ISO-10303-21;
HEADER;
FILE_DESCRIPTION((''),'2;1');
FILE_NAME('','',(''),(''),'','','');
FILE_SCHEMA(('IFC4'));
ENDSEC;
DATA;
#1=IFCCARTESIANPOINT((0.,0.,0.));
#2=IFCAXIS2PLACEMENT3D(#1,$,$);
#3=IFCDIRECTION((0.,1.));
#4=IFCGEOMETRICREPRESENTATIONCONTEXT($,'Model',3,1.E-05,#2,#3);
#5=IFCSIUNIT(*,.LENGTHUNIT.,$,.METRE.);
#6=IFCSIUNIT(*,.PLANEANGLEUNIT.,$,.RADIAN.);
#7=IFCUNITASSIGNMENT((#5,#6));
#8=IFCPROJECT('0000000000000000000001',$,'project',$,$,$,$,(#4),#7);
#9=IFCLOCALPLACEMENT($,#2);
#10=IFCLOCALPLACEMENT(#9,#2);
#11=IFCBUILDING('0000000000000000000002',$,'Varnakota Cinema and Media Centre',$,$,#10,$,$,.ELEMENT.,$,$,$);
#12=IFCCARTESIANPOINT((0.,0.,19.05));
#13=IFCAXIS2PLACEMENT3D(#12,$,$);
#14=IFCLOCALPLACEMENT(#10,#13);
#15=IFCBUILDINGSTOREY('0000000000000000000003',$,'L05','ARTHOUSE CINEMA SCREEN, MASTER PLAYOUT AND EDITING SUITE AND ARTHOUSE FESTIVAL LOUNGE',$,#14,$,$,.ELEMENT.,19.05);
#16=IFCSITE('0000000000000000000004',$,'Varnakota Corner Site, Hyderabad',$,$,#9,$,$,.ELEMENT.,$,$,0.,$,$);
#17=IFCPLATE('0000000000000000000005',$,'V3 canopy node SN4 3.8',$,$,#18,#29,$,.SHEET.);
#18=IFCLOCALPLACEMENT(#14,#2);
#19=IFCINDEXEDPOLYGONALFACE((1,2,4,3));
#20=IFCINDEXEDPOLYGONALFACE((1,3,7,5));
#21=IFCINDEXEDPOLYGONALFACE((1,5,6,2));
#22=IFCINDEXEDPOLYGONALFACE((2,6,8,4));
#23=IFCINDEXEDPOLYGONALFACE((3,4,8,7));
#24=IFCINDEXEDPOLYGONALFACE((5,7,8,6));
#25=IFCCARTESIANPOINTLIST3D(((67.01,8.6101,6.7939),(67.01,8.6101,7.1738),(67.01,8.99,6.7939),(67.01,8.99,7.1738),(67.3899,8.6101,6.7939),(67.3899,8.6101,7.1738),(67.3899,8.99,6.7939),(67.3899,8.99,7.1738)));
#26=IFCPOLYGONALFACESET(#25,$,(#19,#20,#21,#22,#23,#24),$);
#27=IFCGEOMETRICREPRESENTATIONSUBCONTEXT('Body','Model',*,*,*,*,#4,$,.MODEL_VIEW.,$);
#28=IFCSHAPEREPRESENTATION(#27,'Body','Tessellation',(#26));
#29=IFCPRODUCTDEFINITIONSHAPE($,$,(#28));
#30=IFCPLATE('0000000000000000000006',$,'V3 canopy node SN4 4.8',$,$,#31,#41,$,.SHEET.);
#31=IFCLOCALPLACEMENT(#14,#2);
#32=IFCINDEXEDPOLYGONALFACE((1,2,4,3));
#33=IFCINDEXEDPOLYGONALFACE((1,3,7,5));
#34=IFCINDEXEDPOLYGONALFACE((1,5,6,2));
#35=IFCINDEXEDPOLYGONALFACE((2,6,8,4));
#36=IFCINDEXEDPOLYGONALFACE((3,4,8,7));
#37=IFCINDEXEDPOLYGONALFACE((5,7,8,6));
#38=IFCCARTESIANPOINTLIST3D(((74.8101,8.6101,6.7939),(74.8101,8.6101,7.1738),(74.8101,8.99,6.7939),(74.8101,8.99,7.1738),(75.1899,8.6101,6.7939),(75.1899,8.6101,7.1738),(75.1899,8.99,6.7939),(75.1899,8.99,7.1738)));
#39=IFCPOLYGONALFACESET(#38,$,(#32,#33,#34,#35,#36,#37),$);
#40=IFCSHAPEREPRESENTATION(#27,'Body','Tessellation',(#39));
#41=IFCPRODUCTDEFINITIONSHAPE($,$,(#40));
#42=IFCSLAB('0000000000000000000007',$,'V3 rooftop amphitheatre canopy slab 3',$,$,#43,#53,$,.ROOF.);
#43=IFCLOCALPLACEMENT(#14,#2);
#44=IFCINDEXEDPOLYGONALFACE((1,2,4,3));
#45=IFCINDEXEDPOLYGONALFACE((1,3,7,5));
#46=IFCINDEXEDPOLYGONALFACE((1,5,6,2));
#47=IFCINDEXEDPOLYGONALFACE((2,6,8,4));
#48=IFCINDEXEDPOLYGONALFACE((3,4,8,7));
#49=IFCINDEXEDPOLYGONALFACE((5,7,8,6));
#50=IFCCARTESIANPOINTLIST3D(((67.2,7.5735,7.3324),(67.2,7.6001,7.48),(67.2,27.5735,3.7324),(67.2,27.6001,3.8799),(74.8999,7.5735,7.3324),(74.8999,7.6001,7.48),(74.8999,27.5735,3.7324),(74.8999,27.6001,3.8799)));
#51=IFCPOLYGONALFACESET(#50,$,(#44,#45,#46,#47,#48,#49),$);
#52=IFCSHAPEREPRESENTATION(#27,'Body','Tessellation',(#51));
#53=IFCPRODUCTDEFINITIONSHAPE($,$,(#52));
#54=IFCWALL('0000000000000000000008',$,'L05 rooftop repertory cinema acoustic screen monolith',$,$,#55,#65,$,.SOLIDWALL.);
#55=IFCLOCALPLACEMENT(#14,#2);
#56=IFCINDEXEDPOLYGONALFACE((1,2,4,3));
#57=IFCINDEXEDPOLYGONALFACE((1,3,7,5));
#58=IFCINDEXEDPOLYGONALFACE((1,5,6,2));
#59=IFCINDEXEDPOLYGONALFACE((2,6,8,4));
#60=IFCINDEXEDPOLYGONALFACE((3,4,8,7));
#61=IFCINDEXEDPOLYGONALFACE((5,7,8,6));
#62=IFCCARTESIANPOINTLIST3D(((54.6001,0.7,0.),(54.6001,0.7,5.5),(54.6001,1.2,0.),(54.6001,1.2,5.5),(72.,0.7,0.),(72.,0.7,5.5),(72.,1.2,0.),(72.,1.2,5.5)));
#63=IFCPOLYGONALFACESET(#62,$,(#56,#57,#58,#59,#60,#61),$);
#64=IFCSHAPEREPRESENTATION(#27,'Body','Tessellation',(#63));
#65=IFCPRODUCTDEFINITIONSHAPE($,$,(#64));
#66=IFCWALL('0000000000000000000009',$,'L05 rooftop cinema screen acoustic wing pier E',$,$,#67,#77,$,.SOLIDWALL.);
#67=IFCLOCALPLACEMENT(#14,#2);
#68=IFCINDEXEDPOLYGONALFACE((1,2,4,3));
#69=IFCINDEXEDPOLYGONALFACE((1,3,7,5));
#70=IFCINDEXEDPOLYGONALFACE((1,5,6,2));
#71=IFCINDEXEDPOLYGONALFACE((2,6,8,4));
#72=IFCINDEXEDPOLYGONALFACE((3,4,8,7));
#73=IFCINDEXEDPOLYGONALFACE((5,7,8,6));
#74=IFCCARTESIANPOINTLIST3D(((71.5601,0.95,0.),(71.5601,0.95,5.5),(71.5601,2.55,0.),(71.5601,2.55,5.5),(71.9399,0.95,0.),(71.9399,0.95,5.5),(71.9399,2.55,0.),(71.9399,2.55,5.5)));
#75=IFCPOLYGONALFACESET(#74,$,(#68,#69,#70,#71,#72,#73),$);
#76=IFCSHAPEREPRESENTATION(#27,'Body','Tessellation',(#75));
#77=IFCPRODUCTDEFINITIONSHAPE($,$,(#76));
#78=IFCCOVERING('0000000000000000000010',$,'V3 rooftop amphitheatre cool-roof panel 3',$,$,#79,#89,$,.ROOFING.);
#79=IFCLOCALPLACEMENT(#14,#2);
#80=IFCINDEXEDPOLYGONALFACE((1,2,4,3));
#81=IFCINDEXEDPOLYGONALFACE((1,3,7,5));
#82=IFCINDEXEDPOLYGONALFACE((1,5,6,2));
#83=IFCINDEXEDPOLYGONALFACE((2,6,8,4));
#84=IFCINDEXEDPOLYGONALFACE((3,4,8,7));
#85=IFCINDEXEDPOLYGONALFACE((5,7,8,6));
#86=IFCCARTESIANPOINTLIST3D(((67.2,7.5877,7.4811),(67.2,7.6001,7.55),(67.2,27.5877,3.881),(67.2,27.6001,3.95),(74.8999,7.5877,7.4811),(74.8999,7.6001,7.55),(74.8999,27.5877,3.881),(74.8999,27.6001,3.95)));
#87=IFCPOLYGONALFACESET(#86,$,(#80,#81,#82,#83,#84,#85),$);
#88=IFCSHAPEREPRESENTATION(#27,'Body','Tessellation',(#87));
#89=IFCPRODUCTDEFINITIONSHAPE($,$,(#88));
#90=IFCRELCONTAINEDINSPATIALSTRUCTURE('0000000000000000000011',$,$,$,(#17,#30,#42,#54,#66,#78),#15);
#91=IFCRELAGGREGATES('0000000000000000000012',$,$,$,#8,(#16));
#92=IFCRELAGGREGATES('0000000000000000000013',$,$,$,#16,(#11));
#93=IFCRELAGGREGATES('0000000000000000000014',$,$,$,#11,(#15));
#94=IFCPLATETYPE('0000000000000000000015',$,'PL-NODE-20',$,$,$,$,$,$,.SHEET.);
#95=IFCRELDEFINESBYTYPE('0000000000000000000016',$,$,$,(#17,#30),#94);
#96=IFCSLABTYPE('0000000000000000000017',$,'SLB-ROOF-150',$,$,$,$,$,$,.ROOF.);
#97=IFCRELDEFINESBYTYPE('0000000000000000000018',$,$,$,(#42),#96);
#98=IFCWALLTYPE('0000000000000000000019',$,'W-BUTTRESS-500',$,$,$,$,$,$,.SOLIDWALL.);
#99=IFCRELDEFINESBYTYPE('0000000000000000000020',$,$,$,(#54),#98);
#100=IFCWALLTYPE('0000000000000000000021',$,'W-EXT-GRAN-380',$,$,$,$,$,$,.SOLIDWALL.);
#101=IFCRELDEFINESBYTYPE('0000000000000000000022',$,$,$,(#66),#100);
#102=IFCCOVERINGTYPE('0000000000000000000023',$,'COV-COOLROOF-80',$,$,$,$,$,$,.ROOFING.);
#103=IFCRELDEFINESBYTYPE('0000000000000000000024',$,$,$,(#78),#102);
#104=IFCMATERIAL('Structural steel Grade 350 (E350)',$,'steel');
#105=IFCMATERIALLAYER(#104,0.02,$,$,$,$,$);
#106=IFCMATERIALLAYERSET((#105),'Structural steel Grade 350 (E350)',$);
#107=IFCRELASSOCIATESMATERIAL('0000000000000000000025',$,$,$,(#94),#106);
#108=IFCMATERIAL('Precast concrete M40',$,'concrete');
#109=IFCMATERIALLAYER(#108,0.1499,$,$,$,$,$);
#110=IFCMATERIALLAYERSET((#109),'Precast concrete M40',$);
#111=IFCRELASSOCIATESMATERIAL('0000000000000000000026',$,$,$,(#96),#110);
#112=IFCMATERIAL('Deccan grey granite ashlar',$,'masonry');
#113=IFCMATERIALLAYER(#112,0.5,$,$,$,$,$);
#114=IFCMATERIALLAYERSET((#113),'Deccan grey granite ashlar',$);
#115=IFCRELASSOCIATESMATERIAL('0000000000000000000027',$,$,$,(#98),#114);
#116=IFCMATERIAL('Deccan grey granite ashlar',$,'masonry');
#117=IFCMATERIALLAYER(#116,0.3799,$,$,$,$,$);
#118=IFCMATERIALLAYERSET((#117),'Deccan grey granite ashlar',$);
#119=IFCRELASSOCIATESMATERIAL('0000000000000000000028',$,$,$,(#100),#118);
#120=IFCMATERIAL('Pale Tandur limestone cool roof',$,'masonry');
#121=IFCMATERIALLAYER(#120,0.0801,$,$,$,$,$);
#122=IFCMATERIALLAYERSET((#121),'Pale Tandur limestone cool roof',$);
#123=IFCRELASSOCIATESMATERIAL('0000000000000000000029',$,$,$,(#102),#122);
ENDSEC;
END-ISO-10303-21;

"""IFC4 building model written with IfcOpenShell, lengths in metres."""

from ifc_helpers import new_model, si_unit, direction, frame, frame_2d, origin, origin_2d, place, context, subcontext, project, spatial, polyline, rectangle, outline, extrude, material, layer, layer_set, type_object, element, save


model = new_model("IFC4")

# Units and contexts
model_context = context("Model", 3, precision=1e-05, world=origin(), true_north=direction((0.0, 1.0)))
body_context = subcontext(model_context, "Body", "Model", "MODEL_VIEW")
ifc_project = project(units=[si_unit("LENGTHUNIT", "METRE"), si_unit("PLANEANGLEUNIT", "RADIAN")], contexts=[model_context])

# Site, building, storey
site_placement = place(None, origin())
site = spatial("IfcSite", under=ifc_project, at=site_placement, Name="Varnakota Corner Site, Hyderabad", CompositionType="ELEMENT", RefElevation=0.0)
building_placement = place(site_placement, origin())
building = spatial("IfcBuilding", under=site, at=building_placement, Name="Varnakota Cinema and Media Centre", CompositionType="ELEMENT")
storey_placement = place(building_placement, frame((0.0, 0.0, 19.05)))
storey = spatial("IfcBuildingStorey", under=building, at=storey_placement, Name="L05", Description="ARTHOUSE CINEMA SCREEN, MASTER PLAYOUT AND EDITING SUITE AND ARTHOUSE FESTIVAL LOUNGE", CompositionType="ELEMENT", Elevation=19.05)

# Plates
ifc_material_1 = material(Name="Structural steel Grade 350 (E350)", Category="steel")
ifc_layer_1 = layer(ifc_material_1, 0.02)
ifc_layer_set_1 = layer_set([ifc_layer_1], Name="Structural steel Grade 350 (E350)")
plate_type = type_object("IfcPlateType", Name="PL-NODE-20", PredefinedType="SHEET", material=ifc_layer_set_1)
for number, where, z_axis, x_axis, name in (
    (1, (67.2, 8.8, 6.7939), (0.0, 0.0, 1.0), (1.0, 0.0, 0.0), "V3 canopy node SN4 3.8"),
    (2, (75.0, 8.8, 6.7939), (0.0, 0.0, 1.0), (1.0, 0.0, 0.0), "V3 canopy node SN4 4.8"),
):
    element("IfcPlate", number, at=place(storey_placement, frame(where, z_axis=z_axis, x_axis=x_axis)), inside=storey, type_object=plate_type, Name=name, PredefinedType="SHEET", context=body_context, shape_type="SweptSolid", body=[
        extrude(rectangle(XDim=0.3799, YDim=0.3799, at=origin_2d()), origin(), (0.0, 0.0, 1.0), 0.3799),
    ])

# Slab
ifc_material_2 = material(Name="Precast concrete M40", Category="concrete")
ifc_layer_2 = layer(ifc_material_2, 0.1499)
ifc_layer_set_2 = layer_set([ifc_layer_2], Name="Precast concrete M40")
slab_type = type_object("IfcSlabType", Name="SLB-ROOF-150", PredefinedType="ROOF", material=ifc_layer_set_2)
slab_placement = place(storey_placement, frame((67.2, 7.6001, 7.48), z_axis=(0.0, 0.177158, 0.984182), x_axis=(1.0, 0.0, 0.0)))
element("IfcSlab", 3, at=slab_placement, inside=storey, type_object=slab_type, Name="V3 rooftop amphitheatre canopy slab 3", PredefinedType="ROOF", context=body_context, shape_type="SweptSolid", body=[
    extrude(outline(polyline([(0.0, 0.0), (7.7, 0.0), (7.7, 20.3214), (0.0, 20.3214), (0.0, 0.0)])), origin(), (0.0, 0.0, -1.0), 0.1499),
])

# Walls
ifc_material_3 = material(Name="Deccan grey granite ashlar", Category="masonry")
ifc_layer_3 = layer(ifc_material_3, 0.5)
ifc_layer_set_3 = layer_set([ifc_layer_3], Name="Deccan grey granite ashlar")
wall_type_1 = type_object("IfcWallType", Name="W-BUTTRESS-500", PredefinedType="SOLIDWALL", material=ifc_layer_set_3)
wall_1_placement = place(storey_placement, frame((72.0, 0.95, 0.0), z_axis=(0.0, 0.0, 1.0), x_axis=(-1.0, 0.0, 0.0)))
element("IfcWall", 4, at=wall_1_placement, inside=storey, type_object=wall_type_1, Name="L05 rooftop repertory cinema acoustic screen monolith", PredefinedType="SOLIDWALL", context=body_context, shape_type="SweptSolid", body=[
    extrude(rectangle(XDim=17.3999, YDim=0.5, at=frame_2d((8.7, 0.0))), origin(), (0.0, 0.0, 1.0), 5.5),
])
ifc_material_4 = material(Name="Deccan grey granite ashlar", Category="masonry")
ifc_layer_4 = layer(ifc_material_4, 0.3799)
ifc_layer_set_4 = layer_set([ifc_layer_4], Name="Deccan grey granite ashlar")
wall_type_2 = type_object("IfcWallType", Name="W-EXT-GRAN-380", PredefinedType="SOLIDWALL", material=ifc_layer_set_4)
wall_2_placement = place(storey_placement, frame((71.75, 0.95, 0.0), z_axis=(0.0, 0.0, 1.0), x_axis=(0.0, 1.0, 0.0)))
element("IfcWall", 5, at=wall_2_placement, inside=storey, type_object=wall_type_2, Name="L05 rooftop cinema screen acoustic wing pier E", PredefinedType="SOLIDWALL", context=body_context, shape_type="SweptSolid", body=[
    extrude(rectangle(XDim=1.6001, YDim=0.3799, at=frame_2d((0.8, 0.0))), origin(), (0.0, 0.0, 1.0), 5.5),
])

# Covering
ifc_material_5 = material(Name="Pale Tandur limestone cool roof", Category="masonry")
ifc_layer_5 = layer(ifc_material_5, 0.0801)
ifc_layer_set_5 = layer_set([ifc_layer_5], Name="Pale Tandur limestone cool roof")
covering_type = type_object("IfcCoveringType", Name="COV-COOLROOF-80", PredefinedType="ROOFING", material=ifc_layer_set_5)
covering_placement = place(storey_placement, frame((67.2, 7.6001, 7.55), z_axis=(0.0, 0.177158, 0.984182), x_axis=(1.0, 0.0, 0.0)))
element("IfcCovering", 6, at=covering_placement, inside=storey, type_object=covering_type, Name="V3 rooftop amphitheatre cool-roof panel 3", PredefinedType="ROOFING", context=body_context, shape_type="SweptSolid", body=[
    extrude(outline(polyline([(0.0, 0.0), (7.7, 0.0), (7.7, 20.3214), (0.0, 20.3214), (0.0, 0.0)])), origin(), (0.0, 0.0, -1.0), 0.0701),
])

save(model, "model.ifc")
